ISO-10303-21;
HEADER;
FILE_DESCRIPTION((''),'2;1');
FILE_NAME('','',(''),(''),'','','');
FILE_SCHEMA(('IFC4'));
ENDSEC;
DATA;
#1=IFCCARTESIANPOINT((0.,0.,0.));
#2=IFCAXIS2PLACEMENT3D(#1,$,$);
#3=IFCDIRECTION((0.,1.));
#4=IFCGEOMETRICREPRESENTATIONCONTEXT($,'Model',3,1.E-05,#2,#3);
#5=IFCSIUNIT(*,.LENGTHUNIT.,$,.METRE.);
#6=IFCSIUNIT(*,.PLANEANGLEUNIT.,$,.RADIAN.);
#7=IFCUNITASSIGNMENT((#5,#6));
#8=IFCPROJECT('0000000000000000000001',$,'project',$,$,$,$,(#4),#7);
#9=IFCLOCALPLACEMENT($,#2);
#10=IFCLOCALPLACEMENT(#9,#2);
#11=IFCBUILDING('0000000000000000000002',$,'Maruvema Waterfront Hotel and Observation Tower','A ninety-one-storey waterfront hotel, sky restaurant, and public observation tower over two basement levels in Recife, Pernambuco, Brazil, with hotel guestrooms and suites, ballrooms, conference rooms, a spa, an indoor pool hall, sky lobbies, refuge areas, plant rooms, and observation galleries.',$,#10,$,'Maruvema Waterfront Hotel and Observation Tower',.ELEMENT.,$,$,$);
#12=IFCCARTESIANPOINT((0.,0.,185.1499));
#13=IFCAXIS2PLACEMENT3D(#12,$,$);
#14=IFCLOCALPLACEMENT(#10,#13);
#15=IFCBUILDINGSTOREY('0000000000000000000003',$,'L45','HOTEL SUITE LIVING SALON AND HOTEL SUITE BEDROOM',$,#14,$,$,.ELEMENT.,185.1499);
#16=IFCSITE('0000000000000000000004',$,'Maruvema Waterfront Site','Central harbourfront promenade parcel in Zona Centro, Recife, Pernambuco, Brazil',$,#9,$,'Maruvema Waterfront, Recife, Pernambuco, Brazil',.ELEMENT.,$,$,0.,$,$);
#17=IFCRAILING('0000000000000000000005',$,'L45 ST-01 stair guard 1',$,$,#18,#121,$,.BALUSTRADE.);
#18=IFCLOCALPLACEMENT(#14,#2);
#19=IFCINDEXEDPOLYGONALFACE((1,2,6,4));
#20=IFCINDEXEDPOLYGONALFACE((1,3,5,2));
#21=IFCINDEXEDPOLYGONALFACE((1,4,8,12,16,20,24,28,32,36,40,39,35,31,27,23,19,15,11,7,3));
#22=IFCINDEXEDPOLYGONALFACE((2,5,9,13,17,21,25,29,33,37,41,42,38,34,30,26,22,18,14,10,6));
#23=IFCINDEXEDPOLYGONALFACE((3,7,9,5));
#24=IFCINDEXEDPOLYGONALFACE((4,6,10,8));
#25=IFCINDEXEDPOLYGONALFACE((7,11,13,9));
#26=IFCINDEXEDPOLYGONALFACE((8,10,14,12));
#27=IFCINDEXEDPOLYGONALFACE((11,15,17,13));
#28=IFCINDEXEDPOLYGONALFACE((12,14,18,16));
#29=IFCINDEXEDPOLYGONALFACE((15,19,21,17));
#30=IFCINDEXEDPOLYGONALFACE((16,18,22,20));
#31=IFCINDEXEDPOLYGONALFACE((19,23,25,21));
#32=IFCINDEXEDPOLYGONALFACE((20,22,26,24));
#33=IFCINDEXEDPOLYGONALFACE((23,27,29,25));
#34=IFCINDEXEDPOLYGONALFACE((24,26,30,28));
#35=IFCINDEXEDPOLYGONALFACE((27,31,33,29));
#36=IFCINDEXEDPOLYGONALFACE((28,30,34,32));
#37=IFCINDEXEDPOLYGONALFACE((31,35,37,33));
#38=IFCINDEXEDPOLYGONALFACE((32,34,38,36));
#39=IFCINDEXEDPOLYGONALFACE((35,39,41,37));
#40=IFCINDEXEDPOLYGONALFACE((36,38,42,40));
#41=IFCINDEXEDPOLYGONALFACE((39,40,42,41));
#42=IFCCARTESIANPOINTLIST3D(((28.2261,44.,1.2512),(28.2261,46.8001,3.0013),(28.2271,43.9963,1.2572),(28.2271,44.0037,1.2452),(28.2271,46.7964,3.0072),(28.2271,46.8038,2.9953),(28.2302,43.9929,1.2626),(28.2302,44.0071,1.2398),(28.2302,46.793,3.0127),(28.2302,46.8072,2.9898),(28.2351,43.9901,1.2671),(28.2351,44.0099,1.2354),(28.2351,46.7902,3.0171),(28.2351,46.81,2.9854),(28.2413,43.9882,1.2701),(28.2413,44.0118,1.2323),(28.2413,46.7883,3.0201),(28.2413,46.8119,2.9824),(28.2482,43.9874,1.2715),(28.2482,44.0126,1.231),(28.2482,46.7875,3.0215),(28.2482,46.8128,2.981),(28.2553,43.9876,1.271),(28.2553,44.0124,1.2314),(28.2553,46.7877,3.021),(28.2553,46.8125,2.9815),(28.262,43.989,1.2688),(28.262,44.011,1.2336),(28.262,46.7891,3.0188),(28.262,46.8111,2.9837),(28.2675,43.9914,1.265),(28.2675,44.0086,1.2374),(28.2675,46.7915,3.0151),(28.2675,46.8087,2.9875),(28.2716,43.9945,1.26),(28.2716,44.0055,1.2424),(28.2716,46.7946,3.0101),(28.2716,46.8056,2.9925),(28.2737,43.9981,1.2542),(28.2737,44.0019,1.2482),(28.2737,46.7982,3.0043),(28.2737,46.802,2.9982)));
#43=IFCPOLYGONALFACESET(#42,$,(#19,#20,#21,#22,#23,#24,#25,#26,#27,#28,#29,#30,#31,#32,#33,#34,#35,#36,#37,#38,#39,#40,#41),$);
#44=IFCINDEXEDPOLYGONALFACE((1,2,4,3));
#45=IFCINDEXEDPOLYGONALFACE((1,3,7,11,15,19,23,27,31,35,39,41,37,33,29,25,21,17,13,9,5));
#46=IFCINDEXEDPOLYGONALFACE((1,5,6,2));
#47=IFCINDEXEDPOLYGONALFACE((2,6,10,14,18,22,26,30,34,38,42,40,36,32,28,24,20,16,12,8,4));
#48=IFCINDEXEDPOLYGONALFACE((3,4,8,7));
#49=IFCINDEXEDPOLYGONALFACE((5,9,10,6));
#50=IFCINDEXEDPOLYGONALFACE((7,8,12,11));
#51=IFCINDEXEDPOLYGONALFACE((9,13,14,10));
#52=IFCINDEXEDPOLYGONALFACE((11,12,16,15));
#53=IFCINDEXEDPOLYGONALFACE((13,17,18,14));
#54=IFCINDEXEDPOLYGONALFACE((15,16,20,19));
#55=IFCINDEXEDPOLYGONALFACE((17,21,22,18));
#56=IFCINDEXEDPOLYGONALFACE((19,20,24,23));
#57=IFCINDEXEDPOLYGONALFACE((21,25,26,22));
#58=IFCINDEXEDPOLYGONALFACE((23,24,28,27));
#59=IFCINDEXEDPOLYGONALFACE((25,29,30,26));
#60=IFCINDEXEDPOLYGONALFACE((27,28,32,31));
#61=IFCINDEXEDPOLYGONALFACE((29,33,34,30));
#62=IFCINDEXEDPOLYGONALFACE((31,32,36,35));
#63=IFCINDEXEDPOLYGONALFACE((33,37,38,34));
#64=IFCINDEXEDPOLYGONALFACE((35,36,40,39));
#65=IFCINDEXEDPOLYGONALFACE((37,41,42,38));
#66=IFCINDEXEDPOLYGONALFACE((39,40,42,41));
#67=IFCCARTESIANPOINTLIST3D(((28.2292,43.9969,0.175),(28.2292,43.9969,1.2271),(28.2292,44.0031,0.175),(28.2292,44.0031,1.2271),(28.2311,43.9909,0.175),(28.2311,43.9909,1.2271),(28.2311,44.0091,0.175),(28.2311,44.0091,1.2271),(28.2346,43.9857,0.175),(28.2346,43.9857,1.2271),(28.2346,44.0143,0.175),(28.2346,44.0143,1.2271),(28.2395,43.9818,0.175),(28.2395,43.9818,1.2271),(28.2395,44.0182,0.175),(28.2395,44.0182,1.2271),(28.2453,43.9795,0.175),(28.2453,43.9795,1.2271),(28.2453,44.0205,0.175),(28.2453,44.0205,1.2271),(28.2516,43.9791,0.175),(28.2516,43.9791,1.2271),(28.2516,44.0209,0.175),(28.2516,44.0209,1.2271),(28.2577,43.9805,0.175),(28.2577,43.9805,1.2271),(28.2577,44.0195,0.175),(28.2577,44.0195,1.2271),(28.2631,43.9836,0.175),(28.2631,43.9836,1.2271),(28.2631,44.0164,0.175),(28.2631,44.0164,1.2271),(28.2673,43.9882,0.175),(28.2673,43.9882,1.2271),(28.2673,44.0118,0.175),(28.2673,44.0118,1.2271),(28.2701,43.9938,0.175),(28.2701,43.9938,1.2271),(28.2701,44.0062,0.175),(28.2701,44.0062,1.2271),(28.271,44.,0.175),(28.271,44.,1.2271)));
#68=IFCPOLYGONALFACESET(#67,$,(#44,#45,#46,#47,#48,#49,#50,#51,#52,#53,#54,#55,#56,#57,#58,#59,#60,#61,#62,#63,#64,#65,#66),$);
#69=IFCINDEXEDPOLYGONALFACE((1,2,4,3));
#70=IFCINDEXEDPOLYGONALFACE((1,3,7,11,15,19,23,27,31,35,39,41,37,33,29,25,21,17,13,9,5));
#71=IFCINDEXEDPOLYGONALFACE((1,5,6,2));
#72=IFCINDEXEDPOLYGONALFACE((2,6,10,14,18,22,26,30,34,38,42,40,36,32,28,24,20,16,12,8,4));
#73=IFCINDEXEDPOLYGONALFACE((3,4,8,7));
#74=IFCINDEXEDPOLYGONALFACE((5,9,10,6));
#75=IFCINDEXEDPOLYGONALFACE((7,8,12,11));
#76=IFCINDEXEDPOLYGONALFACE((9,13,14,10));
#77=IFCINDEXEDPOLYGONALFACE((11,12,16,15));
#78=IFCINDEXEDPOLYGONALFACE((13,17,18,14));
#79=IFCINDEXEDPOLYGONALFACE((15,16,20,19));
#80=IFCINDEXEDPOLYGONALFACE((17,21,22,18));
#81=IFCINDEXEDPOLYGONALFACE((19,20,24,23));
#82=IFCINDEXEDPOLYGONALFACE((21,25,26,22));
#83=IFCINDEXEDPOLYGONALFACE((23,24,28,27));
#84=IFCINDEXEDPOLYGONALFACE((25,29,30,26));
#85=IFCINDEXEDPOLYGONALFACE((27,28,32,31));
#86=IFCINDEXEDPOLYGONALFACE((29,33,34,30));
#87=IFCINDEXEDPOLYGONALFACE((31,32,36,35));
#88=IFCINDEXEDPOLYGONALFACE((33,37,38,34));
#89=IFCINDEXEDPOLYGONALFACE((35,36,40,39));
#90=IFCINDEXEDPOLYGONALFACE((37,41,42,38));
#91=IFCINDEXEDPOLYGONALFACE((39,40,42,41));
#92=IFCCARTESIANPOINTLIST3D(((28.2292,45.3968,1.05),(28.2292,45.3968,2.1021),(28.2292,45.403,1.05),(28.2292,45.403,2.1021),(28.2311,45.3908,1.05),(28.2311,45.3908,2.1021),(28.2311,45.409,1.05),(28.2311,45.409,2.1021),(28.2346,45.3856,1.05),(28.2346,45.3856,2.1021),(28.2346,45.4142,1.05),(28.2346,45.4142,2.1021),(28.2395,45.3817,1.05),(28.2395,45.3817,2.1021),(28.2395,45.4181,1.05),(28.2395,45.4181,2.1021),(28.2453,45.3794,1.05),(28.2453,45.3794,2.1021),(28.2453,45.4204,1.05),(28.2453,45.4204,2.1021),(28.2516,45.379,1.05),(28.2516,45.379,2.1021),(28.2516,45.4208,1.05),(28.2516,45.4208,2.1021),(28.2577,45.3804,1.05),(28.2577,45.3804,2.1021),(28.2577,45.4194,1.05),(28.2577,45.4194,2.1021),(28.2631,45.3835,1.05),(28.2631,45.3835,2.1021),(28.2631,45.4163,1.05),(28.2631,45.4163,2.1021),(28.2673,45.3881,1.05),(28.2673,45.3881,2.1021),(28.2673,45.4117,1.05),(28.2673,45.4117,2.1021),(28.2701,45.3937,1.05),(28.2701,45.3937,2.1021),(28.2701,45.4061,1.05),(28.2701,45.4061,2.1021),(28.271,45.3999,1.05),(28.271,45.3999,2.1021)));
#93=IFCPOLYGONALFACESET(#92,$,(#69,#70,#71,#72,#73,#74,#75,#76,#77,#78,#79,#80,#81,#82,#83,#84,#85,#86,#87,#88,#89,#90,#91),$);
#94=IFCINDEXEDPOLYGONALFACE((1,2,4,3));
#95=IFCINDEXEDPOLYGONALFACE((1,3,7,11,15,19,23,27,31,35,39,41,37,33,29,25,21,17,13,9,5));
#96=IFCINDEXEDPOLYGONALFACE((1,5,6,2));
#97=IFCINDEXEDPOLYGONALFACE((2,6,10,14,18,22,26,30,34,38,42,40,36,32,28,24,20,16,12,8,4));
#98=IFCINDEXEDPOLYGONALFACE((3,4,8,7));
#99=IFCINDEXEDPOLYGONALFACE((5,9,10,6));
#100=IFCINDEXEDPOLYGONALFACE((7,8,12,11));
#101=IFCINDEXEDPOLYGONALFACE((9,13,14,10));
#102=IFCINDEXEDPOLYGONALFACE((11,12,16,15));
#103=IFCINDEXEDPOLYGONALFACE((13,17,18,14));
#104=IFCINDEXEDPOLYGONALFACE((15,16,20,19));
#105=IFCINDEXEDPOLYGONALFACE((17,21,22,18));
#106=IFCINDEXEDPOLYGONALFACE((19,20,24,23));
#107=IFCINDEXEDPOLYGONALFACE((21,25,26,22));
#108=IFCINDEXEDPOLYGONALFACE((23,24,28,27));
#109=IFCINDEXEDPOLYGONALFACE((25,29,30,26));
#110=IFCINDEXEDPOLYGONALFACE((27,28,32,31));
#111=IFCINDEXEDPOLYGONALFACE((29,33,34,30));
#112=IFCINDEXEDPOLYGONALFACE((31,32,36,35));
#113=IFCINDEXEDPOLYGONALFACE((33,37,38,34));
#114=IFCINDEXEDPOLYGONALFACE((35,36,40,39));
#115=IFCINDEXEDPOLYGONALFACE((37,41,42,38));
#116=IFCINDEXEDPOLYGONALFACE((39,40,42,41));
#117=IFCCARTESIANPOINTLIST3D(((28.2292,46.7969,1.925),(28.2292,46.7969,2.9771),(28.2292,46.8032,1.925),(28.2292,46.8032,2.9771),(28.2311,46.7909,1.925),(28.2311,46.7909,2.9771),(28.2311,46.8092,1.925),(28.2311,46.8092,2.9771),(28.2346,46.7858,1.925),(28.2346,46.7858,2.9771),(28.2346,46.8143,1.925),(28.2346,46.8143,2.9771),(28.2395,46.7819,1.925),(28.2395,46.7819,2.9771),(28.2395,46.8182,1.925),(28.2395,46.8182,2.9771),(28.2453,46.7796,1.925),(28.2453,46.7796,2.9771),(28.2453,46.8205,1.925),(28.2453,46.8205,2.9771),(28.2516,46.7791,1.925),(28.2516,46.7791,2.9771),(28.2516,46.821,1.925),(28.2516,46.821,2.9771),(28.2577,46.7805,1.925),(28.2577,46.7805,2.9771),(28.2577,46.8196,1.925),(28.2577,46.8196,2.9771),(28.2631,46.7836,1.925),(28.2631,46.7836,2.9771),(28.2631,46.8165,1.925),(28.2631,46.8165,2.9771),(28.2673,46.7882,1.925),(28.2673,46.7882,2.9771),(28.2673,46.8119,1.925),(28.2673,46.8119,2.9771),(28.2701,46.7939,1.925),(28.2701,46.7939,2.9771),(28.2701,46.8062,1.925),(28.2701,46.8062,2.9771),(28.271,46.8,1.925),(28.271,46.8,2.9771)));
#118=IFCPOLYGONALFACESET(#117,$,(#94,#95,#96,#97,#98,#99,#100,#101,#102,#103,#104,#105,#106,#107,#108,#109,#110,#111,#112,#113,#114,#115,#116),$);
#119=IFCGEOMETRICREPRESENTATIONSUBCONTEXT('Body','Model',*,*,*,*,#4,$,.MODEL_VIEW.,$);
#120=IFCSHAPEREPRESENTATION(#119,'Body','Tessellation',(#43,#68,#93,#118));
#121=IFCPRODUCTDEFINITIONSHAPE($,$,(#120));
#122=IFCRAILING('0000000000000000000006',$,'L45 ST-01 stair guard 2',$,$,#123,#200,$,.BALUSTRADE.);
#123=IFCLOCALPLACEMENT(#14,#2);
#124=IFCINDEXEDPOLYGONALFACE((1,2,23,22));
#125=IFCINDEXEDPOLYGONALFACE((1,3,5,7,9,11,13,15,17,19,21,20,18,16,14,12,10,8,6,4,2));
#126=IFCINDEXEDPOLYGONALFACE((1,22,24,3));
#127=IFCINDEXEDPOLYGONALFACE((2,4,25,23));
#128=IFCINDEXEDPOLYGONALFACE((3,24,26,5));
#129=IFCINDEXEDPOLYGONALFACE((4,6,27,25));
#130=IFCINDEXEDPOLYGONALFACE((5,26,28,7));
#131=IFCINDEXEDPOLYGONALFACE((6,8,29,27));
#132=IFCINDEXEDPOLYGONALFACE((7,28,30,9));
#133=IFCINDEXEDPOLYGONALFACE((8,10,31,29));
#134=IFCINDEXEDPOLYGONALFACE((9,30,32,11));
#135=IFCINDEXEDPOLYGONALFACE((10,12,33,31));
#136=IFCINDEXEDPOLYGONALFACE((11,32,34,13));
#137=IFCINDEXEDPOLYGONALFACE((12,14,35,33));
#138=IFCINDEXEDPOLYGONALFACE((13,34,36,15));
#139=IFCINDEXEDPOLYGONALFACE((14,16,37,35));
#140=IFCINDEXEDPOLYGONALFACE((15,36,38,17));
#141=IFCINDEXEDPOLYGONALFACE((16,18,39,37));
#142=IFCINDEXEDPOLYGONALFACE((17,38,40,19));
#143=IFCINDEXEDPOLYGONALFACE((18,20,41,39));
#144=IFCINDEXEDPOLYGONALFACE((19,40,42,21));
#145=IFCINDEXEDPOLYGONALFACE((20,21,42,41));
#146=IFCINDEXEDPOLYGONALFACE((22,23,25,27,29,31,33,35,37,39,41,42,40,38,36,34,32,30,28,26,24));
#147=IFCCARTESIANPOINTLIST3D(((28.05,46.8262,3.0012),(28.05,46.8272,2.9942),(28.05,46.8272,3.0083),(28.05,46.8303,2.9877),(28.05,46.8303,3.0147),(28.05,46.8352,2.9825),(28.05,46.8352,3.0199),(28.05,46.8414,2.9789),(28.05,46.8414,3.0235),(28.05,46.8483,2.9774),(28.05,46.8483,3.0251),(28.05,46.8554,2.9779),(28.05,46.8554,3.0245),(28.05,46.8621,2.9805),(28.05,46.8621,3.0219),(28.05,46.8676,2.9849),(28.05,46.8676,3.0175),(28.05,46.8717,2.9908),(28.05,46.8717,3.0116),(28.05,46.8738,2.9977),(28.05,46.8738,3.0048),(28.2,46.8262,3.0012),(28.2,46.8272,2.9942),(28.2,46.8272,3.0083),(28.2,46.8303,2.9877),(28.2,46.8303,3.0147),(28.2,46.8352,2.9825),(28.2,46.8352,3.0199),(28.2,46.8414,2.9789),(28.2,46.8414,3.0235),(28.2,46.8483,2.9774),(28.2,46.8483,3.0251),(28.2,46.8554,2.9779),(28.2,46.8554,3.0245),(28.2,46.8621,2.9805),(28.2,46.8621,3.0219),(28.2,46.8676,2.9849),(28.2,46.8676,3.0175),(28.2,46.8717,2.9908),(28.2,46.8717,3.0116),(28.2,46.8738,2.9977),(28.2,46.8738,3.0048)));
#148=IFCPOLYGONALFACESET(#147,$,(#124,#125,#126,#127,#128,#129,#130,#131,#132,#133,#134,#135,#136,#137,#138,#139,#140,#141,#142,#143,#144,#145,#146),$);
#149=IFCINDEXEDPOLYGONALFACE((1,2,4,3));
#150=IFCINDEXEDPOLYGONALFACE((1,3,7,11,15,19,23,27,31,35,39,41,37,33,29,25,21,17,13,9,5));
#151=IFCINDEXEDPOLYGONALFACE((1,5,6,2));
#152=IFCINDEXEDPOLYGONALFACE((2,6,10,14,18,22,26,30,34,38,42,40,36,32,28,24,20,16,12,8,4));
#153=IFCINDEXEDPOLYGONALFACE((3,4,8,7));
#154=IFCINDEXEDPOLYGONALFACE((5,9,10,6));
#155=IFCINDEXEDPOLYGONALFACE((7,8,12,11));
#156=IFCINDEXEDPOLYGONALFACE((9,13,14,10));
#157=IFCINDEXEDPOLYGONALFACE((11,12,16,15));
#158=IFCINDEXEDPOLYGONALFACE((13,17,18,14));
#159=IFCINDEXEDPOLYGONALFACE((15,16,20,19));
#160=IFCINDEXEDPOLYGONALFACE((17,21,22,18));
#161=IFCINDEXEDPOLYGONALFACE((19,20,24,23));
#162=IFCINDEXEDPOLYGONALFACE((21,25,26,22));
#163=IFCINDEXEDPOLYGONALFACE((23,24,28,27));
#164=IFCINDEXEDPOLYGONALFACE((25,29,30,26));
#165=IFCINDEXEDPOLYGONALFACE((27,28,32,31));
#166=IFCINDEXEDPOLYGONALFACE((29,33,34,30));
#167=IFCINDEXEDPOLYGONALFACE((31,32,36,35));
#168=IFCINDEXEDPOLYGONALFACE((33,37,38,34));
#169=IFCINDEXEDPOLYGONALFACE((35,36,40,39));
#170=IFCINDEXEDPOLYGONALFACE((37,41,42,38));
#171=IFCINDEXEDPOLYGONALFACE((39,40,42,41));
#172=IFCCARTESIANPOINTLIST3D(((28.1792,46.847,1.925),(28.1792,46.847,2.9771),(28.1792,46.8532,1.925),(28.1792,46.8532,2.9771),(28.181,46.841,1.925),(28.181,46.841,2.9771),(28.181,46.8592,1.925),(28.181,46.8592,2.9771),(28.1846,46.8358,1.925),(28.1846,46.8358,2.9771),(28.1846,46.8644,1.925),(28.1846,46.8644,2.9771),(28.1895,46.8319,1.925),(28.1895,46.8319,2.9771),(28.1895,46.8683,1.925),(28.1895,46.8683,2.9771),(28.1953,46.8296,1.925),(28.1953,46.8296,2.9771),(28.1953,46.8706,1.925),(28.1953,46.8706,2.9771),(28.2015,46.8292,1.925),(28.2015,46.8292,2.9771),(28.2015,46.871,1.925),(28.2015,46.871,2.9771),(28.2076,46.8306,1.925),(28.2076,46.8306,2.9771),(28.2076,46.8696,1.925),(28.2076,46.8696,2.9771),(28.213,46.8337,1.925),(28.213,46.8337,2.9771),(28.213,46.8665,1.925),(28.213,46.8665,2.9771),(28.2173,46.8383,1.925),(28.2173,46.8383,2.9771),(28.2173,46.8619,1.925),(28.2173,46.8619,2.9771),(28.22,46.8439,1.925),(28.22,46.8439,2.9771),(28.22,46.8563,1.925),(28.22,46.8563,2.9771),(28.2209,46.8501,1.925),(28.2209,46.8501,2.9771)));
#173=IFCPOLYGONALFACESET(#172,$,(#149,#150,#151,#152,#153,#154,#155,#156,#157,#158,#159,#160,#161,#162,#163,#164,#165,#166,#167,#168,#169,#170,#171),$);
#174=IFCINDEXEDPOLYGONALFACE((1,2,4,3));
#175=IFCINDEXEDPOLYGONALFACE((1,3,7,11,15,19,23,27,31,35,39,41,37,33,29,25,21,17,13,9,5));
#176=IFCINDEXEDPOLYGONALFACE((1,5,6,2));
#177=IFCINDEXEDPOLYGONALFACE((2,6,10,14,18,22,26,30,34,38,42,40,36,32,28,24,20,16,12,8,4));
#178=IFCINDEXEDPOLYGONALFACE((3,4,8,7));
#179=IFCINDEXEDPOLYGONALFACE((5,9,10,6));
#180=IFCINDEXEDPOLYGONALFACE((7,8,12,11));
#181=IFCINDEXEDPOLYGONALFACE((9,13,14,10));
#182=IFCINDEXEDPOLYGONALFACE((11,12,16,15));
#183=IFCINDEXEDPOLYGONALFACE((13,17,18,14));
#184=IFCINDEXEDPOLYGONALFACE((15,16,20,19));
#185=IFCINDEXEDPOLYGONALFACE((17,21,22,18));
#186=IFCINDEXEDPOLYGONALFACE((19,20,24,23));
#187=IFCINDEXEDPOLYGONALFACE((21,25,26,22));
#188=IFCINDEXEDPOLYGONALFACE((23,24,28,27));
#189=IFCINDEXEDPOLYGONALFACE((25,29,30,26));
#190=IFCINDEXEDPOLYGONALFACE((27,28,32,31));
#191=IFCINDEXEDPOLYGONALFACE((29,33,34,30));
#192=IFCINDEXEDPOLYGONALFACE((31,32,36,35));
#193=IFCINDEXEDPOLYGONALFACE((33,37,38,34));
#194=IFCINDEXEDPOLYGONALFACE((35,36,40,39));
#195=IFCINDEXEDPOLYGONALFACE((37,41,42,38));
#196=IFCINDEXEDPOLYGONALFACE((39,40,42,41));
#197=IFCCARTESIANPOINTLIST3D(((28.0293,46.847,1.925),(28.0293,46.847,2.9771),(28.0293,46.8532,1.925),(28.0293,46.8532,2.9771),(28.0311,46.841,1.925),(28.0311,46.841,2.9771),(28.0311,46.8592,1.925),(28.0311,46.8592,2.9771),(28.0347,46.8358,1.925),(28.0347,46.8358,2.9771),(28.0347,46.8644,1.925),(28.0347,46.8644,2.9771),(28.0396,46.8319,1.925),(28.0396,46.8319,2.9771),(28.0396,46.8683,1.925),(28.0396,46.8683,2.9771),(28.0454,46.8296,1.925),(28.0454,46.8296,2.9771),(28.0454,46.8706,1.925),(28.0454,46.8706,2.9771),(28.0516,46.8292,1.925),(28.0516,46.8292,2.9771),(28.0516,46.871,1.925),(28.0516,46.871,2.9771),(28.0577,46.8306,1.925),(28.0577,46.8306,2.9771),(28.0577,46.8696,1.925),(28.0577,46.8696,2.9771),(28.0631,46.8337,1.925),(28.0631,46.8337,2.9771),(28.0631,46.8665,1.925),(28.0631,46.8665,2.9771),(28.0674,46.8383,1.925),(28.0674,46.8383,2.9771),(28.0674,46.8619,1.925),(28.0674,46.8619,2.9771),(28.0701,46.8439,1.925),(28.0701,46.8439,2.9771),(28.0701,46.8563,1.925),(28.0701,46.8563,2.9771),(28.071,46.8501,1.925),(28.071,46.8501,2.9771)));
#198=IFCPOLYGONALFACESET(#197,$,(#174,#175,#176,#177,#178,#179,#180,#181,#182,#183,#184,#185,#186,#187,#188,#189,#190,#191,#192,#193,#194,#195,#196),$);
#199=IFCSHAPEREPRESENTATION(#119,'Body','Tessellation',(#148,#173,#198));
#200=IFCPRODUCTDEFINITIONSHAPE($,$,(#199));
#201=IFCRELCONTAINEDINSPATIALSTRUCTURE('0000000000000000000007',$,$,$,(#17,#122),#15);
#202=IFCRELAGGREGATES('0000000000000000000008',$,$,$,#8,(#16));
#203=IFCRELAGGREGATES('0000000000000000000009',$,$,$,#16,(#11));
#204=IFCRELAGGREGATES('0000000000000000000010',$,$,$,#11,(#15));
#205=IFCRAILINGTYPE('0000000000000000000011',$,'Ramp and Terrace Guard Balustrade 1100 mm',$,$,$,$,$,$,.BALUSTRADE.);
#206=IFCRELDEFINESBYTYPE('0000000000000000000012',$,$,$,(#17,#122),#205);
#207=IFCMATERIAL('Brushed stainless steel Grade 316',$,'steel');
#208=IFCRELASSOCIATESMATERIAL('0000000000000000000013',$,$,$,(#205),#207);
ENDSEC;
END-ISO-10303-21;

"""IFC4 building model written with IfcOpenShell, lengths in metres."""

from ifc_helpers import new_model, si_unit, direction, frame, origin, origin_2d, place, context, subcontext, project, spatial, circle, extrude, material, type_object, element, save


model = new_model("IFC4")

# Units and contexts
model_context = context("Model", 3, precision=1e-05, world=origin(), true_north=direction((0.0, 1.0)))
body_context = subcontext(model_context, "Body", "Model", "MODEL_VIEW")
ifc_project = project(units=[si_unit("LENGTHUNIT", "METRE"), si_unit("PLANEANGLEUNIT", "RADIAN")], contexts=[model_context])

# Site, building, storey
site_placement = place(None, origin())
site = spatial("IfcSite", under=ifc_project, at=site_placement, Name="Maruvema Waterfront Site", Description="Central harbourfront promenade parcel in Zona Centro, Recife, Pernambuco, Brazil", LongName="Maruvema Waterfront, Recife, Pernambuco, Brazil", CompositionType="ELEMENT", RefElevation=0.0)
building_placement = place(site_placement, origin())
building = spatial("IfcBuilding", under=site, at=building_placement, Name="Maruvema Waterfront Hotel and Observation Tower", Description="A ninety-one-storey waterfront hotel, sky restaurant, and public observation tower over two basement levels in Recife, Pernambuco, Brazil, with hotel guestrooms and suites, ballrooms, conference rooms, a spa, an indoor pool hall, sky lobbies, refuge areas, plant rooms, and observation galleries.", LongName="Maruvema Waterfront Hotel and Observation Tower", CompositionType="ELEMENT")
storey_placement = place(building_placement, frame((0.0, 0.0, 185.1499)))
storey = spatial("IfcBuildingStorey", under=building, at=storey_placement, Name="L45", Description="HOTEL SUITE LIVING SALON AND HOTEL SUITE BEDROOM", CompositionType="ELEMENT", Elevation=185.1499)

# Railings
ifc_material_1 = material(Name="Brushed stainless steel Grade 316", Category="steel")
railing_type_1 = type_object("IfcRailingType", Name="Ramp and Terrace Guard Balustrade 1100 mm", PredefinedType="BALUSTRADE", material=ifc_material_1)
railing_1_placement = place(storey_placement, frame((28.25, 44.0, 0.175)))
element("IfcRailing", 1, at=railing_1_placement, inside=storey, type_object=railing_type_1, Name="L45 ST-01 stair guard 1", PredefinedType="BALUSTRADE", context=body_context, shape_type="SweptSolid", body=[
    extrude(circle(Radius=0.0239, at=origin_2d()), frame((0.0, 0.0, 1.0762), z_axis=(0.0, 0.848002, 0.529992), x_axis=(-1.0, 0.0, 0.0)), (0.0, 0.0, 1.0), 3.302),
    extrude(circle(Radius=0.021, at=origin_2d()), origin(), (0.0, 0.0, 1.0), 1.052),
    extrude(circle(Radius=0.021, at=origin_2d()), frame((0.0, 1.3999, 0.875)), (0.0, 0.0, 1.0), 1.052),
    extrude(circle(Radius=0.021, at=origin_2d()), frame((0.0, 2.8, 1.75)), (0.0, 0.0, 1.0), 1.052),
])
railing_2_placement = place(storey_placement, frame((28.2, 46.8501, 1.925)))
element("IfcRailing", 2, at=railing_2_placement, inside=storey, type_object=railing_type_1, Name="L45 ST-01 stair guard 2", PredefinedType="BALUSTRADE", context=body_context, shape_type="SweptSolid", body=[
    extrude(circle(Radius=0.0239, at=origin_2d()), frame((0.0, 0.0, 1.0762), z_axis=(-1.0, 0.0, 0.0), x_axis=(0.0, -1.0, 0.0)), (0.0, 0.0, 1.0), 0.1499),
    extrude(circle(Radius=0.021, at=origin_2d()), origin(), (0.0, 0.0, 1.0), 1.052),
    extrude(circle(Radius=0.021, at=origin_2d()), frame((-0.1499, 0.0, 0.0)), (0.0, 0.0, 1.0), 1.052),
])

save(model, "model.ifc")
